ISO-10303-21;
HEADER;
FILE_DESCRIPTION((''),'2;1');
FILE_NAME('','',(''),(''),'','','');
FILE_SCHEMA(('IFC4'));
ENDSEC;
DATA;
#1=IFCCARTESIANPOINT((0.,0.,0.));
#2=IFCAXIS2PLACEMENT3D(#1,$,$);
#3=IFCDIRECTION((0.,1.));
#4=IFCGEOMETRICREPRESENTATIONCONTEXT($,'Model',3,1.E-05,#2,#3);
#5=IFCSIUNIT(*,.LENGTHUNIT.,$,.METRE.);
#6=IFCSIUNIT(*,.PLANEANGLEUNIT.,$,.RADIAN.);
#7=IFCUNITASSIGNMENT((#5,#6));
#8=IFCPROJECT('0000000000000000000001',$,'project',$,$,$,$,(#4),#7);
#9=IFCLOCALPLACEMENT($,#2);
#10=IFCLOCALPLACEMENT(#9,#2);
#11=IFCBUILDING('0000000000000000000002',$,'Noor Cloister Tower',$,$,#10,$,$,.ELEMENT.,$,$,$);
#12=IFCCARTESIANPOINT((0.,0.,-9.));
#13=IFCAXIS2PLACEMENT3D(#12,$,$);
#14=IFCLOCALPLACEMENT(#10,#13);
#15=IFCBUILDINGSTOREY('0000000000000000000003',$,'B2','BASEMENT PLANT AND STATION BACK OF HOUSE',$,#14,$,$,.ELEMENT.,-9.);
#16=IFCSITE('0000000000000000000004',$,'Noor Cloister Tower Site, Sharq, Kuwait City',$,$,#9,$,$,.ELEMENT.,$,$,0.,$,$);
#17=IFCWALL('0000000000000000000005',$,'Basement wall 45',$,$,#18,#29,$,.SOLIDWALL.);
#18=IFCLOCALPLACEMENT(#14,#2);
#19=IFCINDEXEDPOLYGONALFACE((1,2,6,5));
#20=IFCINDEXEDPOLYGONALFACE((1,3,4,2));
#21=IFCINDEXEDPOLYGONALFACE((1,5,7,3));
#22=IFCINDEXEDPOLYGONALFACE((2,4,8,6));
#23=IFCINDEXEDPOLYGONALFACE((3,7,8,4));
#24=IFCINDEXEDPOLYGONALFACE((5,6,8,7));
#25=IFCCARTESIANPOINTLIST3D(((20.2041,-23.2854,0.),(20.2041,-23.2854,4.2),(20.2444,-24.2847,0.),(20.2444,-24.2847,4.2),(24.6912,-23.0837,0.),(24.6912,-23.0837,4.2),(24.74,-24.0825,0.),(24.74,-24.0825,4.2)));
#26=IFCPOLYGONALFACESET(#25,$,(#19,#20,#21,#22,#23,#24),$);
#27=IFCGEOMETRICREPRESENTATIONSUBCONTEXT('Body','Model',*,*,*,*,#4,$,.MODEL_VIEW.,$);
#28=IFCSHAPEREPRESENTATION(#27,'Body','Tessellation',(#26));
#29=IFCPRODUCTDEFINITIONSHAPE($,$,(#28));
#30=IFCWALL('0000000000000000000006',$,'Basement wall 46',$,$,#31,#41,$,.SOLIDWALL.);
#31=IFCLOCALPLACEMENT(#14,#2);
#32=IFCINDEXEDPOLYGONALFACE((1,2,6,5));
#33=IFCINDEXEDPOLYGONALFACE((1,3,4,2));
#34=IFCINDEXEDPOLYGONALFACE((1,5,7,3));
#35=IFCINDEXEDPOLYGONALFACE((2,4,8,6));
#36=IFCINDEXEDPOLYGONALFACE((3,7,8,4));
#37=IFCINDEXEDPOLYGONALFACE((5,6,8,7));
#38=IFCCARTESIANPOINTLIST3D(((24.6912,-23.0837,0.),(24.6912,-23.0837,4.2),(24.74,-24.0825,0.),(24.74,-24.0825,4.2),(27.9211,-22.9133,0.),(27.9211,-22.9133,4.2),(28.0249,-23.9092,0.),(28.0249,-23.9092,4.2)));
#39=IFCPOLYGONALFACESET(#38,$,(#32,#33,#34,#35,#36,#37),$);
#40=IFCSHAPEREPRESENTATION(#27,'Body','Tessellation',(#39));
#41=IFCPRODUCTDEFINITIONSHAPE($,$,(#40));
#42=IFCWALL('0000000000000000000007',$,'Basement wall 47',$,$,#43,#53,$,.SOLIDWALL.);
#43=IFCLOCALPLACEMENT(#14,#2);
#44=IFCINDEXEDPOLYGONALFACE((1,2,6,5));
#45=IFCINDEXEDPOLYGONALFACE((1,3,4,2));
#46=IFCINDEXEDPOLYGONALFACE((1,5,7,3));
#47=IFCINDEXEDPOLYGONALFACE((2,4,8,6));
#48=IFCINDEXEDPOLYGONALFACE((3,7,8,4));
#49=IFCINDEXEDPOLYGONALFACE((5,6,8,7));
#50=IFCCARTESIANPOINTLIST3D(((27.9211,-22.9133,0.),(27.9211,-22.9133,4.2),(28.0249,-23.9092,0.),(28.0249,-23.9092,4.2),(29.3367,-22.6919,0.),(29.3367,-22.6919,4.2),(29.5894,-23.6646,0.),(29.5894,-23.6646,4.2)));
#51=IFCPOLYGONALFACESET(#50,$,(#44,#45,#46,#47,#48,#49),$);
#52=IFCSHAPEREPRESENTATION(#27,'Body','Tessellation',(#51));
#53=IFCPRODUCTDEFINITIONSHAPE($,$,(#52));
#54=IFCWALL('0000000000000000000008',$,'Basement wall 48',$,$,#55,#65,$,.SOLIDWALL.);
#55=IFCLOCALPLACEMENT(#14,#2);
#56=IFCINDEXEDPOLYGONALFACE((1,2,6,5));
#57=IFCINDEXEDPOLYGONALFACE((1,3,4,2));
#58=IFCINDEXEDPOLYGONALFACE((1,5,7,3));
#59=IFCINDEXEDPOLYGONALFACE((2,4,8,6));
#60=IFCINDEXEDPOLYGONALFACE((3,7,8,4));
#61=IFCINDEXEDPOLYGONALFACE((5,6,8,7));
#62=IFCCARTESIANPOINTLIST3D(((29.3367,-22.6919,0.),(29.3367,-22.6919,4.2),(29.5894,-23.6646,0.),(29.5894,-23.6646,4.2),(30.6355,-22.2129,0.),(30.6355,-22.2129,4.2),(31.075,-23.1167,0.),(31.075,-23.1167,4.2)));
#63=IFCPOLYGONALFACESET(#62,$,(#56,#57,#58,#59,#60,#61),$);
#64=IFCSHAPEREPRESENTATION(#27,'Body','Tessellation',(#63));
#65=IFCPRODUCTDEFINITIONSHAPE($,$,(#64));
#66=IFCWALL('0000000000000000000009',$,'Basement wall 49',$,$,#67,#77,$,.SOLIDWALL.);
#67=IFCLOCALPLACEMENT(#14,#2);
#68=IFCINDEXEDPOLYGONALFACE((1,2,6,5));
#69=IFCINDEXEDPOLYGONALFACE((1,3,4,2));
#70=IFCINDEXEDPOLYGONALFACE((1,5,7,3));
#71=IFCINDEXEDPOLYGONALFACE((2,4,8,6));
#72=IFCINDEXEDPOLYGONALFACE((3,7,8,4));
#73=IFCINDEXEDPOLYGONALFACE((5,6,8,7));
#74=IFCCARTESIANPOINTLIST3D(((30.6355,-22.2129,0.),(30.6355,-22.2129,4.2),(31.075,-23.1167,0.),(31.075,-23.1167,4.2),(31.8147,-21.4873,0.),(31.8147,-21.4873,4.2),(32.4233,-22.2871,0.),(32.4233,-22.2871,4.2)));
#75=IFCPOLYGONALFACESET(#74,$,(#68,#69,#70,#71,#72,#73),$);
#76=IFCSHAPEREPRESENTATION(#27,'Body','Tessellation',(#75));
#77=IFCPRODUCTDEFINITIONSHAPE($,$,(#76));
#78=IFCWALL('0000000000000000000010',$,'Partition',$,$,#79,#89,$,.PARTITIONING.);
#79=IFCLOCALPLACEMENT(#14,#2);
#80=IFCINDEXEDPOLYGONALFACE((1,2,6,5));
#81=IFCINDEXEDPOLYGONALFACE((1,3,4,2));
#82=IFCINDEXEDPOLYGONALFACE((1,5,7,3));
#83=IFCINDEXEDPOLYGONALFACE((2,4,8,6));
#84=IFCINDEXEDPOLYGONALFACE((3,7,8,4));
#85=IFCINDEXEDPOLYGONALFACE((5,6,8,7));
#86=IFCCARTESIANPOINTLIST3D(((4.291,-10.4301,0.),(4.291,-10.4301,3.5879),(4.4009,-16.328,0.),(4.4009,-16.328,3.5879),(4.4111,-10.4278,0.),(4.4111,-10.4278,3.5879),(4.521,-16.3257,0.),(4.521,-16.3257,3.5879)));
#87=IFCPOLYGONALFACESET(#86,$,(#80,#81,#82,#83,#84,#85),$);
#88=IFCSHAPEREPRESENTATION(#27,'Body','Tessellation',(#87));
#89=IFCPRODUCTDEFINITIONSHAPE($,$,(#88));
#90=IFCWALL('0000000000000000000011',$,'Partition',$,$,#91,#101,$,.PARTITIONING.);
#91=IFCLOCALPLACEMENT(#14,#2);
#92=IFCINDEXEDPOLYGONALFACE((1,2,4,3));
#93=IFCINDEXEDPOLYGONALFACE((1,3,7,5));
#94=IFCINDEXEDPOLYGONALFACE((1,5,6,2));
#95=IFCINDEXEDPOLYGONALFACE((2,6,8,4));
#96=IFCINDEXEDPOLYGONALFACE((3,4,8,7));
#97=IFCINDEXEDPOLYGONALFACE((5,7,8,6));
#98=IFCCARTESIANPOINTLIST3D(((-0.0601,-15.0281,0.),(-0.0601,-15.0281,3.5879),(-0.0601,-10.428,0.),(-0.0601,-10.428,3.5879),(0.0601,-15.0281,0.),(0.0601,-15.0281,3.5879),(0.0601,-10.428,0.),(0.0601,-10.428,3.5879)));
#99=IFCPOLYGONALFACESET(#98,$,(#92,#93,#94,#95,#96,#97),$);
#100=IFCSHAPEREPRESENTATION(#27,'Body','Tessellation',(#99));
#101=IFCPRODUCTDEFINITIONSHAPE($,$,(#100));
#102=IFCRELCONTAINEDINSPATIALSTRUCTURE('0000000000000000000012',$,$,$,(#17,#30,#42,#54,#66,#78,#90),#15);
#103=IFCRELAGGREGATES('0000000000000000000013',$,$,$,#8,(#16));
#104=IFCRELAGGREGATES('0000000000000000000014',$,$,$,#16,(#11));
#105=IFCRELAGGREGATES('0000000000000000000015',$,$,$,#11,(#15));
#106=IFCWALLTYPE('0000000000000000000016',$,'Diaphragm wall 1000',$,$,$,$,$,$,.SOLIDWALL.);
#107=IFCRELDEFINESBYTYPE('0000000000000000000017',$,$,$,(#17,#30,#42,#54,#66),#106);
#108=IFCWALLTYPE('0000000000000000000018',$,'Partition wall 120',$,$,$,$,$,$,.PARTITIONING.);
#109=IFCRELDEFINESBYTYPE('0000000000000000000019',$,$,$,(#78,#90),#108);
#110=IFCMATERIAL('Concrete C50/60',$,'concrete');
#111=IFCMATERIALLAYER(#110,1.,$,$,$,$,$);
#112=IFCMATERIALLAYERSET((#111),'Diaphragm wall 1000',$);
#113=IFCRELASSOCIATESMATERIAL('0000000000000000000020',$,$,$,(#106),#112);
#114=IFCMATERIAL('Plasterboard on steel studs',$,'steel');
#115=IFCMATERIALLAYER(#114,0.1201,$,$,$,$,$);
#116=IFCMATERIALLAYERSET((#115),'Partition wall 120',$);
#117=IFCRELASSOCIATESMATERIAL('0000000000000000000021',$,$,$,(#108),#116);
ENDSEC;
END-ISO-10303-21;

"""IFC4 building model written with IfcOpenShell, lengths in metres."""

from ifc_helpers import new_model, si_unit, direction, frame, frame_2d, origin, place, context, subcontext, project, spatial, polyline, rectangle, outline, extrude, material, layer, layer_set, type_object, element, save


model = new_model("IFC4")

# Units and contexts
model_context = context("Model", 3, precision=1e-05, world=origin(), true_north=direction((0.0, 1.0)))
body_context = subcontext(model_context, "Body", "Model", "MODEL_VIEW")
ifc_project = project(units=[si_unit("LENGTHUNIT", "METRE"), si_unit("PLANEANGLEUNIT", "RADIAN")], contexts=[model_context])

# Site, building, storey
site_placement = place(None, origin())
site = spatial("IfcSite", under=ifc_project, at=site_placement, Name="Noor Cloister Tower Site, Sharq, Kuwait City", CompositionType="ELEMENT", RefElevation=0.0)
building_placement = place(site_placement, origin())
building = spatial("IfcBuilding", under=site, at=building_placement, Name="Noor Cloister Tower", CompositionType="ELEMENT")
storey_placement = place(building_placement, frame((0.0, 0.0, -9.0)))
storey = spatial("IfcBuildingStorey", under=building, at=storey_placement, Name="B2", Description="BASEMENT PLANT AND STATION BACK OF HOUSE", CompositionType="ELEMENT", Elevation=-9.0)

# Walls
ifc_material_1 = material(Name="Concrete C50/60", Category="concrete")
ifc_layer_1 = layer(ifc_material_1, 1.0)
ifc_layer_set_1 = layer_set([ifc_layer_1], Name="Diaphragm wall 1000")
wall_type_1 = type_object("IfcWallType", Name="Diaphragm wall 1000", PredefinedType="SOLIDWALL", material=ifc_layer_set_1)
wall_1_placement = place(storey_placement, origin())
element("IfcWall", 1, at=wall_1_placement, inside=storey, type_object=wall_type_1, Name="Basement wall 45", PredefinedType="SOLIDWALL", context=body_context, shape_type="SweptSolid", body=[
    extrude(outline(polyline([(20.2444, -24.2847), (24.74, -24.0825), (24.6912, -23.0837), (20.2041, -23.2854), (20.2444, -24.2847)])), origin(), (0.0, 0.0, 1.0), 4.2),
])
wall_2_placement = place(storey_placement, origin())
element("IfcWall", 2, at=wall_2_placement, inside=storey, type_object=wall_type_1, Name="Basement wall 46", PredefinedType="SOLIDWALL", context=body_context, shape_type="SweptSolid", body=[
    extrude(outline(polyline([(24.74, -24.0825), (28.0249, -23.9092), (27.9211, -22.9133), (24.6912, -23.0837), (24.74, -24.0825)])), origin(), (0.0, 0.0, 1.0), 4.2),
])
wall_3_placement = place(storey_placement, origin())
element("IfcWall", 3, at=wall_3_placement, inside=storey, type_object=wall_type_1, Name="Basement wall 47", PredefinedType="SOLIDWALL", context=body_context, shape_type="SweptSolid", body=[
    extrude(outline(polyline([(28.0249, -23.9092), (29.5894, -23.6646), (29.3367, -22.6919), (27.9211, -22.9133), (28.0249, -23.9092)])), origin(), (0.0, 0.0, 1.0), 4.2),
])
wall_4_placement = place(storey_placement, origin())
element("IfcWall", 4, at=wall_4_placement, inside=storey, type_object=wall_type_1, Name="Basement wall 48", PredefinedType="SOLIDWALL", context=body_context, shape_type="SweptSolid", body=[
    extrude(outline(polyline([(29.5894, -23.6646), (31.075, -23.1167), (30.6355, -22.2129), (29.3367, -22.6919), (29.5894, -23.6646)])), origin(), (0.0, 0.0, 1.0), 4.2),
])
wall_5_placement = place(storey_placement, origin())
element("IfcWall", 5, at=wall_5_placement, inside=storey, type_object=wall_type_1, Name="Basement wall 49", PredefinedType="SOLIDWALL", context=body_context, shape_type="SweptSolid", body=[
    extrude(outline(polyline([(31.075, -23.1167), (32.4233, -22.2871), (31.8147, -21.4873), (30.6355, -22.2129), (31.075, -23.1167)])), origin(), (0.0, 0.0, 1.0), 4.2),
])
ifc_material_2 = material(Name="Plasterboard on steel studs", Category="steel")
ifc_layer_2 = layer(ifc_material_2, 0.1201)
ifc_layer_set_2 = layer_set([ifc_layer_2], Name="Partition wall 120")
wall_type_2 = type_object("IfcWallType", Name="Partition wall 120", PredefinedType="PARTITIONING", material=ifc_layer_set_2)
wall_6_placement = place(storey_placement, frame((4.3511, -10.429, 0.0), z_axis=(0.0, 0.0, 1.0), x_axis=(0.018624, -0.999827, 0.0)))
element("IfcWall", 6, at=wall_6_placement, inside=storey, type_object=wall_type_2, Name="Partition", PredefinedType="PARTITIONING", context=body_context, shape_type="SweptSolid", body=[
    extrude(rectangle(XDim=5.8989, YDim=0.1201, at=frame_2d((2.9495, 0.0))), origin(), (0.0, 0.0, 1.0), 3.5879),
])
wall_7_placement = place(storey_placement, frame((0.0, -10.428, 0.0), z_axis=(0.0, 0.0, 1.0), x_axis=(0.0, -1.0, 0.0)))
element("IfcWall", 7, at=wall_7_placement, inside=storey, type_object=wall_type_2, Name="Partition", PredefinedType="PARTITIONING", context=body_context, shape_type="SweptSolid", body=[
    extrude(rectangle(XDim=4.6001, YDim=0.1201, at=frame_2d((2.3, 0.0))), origin(), (0.0, 0.0, 1.0), 3.5879),
])

save(model, "model.ifc")
